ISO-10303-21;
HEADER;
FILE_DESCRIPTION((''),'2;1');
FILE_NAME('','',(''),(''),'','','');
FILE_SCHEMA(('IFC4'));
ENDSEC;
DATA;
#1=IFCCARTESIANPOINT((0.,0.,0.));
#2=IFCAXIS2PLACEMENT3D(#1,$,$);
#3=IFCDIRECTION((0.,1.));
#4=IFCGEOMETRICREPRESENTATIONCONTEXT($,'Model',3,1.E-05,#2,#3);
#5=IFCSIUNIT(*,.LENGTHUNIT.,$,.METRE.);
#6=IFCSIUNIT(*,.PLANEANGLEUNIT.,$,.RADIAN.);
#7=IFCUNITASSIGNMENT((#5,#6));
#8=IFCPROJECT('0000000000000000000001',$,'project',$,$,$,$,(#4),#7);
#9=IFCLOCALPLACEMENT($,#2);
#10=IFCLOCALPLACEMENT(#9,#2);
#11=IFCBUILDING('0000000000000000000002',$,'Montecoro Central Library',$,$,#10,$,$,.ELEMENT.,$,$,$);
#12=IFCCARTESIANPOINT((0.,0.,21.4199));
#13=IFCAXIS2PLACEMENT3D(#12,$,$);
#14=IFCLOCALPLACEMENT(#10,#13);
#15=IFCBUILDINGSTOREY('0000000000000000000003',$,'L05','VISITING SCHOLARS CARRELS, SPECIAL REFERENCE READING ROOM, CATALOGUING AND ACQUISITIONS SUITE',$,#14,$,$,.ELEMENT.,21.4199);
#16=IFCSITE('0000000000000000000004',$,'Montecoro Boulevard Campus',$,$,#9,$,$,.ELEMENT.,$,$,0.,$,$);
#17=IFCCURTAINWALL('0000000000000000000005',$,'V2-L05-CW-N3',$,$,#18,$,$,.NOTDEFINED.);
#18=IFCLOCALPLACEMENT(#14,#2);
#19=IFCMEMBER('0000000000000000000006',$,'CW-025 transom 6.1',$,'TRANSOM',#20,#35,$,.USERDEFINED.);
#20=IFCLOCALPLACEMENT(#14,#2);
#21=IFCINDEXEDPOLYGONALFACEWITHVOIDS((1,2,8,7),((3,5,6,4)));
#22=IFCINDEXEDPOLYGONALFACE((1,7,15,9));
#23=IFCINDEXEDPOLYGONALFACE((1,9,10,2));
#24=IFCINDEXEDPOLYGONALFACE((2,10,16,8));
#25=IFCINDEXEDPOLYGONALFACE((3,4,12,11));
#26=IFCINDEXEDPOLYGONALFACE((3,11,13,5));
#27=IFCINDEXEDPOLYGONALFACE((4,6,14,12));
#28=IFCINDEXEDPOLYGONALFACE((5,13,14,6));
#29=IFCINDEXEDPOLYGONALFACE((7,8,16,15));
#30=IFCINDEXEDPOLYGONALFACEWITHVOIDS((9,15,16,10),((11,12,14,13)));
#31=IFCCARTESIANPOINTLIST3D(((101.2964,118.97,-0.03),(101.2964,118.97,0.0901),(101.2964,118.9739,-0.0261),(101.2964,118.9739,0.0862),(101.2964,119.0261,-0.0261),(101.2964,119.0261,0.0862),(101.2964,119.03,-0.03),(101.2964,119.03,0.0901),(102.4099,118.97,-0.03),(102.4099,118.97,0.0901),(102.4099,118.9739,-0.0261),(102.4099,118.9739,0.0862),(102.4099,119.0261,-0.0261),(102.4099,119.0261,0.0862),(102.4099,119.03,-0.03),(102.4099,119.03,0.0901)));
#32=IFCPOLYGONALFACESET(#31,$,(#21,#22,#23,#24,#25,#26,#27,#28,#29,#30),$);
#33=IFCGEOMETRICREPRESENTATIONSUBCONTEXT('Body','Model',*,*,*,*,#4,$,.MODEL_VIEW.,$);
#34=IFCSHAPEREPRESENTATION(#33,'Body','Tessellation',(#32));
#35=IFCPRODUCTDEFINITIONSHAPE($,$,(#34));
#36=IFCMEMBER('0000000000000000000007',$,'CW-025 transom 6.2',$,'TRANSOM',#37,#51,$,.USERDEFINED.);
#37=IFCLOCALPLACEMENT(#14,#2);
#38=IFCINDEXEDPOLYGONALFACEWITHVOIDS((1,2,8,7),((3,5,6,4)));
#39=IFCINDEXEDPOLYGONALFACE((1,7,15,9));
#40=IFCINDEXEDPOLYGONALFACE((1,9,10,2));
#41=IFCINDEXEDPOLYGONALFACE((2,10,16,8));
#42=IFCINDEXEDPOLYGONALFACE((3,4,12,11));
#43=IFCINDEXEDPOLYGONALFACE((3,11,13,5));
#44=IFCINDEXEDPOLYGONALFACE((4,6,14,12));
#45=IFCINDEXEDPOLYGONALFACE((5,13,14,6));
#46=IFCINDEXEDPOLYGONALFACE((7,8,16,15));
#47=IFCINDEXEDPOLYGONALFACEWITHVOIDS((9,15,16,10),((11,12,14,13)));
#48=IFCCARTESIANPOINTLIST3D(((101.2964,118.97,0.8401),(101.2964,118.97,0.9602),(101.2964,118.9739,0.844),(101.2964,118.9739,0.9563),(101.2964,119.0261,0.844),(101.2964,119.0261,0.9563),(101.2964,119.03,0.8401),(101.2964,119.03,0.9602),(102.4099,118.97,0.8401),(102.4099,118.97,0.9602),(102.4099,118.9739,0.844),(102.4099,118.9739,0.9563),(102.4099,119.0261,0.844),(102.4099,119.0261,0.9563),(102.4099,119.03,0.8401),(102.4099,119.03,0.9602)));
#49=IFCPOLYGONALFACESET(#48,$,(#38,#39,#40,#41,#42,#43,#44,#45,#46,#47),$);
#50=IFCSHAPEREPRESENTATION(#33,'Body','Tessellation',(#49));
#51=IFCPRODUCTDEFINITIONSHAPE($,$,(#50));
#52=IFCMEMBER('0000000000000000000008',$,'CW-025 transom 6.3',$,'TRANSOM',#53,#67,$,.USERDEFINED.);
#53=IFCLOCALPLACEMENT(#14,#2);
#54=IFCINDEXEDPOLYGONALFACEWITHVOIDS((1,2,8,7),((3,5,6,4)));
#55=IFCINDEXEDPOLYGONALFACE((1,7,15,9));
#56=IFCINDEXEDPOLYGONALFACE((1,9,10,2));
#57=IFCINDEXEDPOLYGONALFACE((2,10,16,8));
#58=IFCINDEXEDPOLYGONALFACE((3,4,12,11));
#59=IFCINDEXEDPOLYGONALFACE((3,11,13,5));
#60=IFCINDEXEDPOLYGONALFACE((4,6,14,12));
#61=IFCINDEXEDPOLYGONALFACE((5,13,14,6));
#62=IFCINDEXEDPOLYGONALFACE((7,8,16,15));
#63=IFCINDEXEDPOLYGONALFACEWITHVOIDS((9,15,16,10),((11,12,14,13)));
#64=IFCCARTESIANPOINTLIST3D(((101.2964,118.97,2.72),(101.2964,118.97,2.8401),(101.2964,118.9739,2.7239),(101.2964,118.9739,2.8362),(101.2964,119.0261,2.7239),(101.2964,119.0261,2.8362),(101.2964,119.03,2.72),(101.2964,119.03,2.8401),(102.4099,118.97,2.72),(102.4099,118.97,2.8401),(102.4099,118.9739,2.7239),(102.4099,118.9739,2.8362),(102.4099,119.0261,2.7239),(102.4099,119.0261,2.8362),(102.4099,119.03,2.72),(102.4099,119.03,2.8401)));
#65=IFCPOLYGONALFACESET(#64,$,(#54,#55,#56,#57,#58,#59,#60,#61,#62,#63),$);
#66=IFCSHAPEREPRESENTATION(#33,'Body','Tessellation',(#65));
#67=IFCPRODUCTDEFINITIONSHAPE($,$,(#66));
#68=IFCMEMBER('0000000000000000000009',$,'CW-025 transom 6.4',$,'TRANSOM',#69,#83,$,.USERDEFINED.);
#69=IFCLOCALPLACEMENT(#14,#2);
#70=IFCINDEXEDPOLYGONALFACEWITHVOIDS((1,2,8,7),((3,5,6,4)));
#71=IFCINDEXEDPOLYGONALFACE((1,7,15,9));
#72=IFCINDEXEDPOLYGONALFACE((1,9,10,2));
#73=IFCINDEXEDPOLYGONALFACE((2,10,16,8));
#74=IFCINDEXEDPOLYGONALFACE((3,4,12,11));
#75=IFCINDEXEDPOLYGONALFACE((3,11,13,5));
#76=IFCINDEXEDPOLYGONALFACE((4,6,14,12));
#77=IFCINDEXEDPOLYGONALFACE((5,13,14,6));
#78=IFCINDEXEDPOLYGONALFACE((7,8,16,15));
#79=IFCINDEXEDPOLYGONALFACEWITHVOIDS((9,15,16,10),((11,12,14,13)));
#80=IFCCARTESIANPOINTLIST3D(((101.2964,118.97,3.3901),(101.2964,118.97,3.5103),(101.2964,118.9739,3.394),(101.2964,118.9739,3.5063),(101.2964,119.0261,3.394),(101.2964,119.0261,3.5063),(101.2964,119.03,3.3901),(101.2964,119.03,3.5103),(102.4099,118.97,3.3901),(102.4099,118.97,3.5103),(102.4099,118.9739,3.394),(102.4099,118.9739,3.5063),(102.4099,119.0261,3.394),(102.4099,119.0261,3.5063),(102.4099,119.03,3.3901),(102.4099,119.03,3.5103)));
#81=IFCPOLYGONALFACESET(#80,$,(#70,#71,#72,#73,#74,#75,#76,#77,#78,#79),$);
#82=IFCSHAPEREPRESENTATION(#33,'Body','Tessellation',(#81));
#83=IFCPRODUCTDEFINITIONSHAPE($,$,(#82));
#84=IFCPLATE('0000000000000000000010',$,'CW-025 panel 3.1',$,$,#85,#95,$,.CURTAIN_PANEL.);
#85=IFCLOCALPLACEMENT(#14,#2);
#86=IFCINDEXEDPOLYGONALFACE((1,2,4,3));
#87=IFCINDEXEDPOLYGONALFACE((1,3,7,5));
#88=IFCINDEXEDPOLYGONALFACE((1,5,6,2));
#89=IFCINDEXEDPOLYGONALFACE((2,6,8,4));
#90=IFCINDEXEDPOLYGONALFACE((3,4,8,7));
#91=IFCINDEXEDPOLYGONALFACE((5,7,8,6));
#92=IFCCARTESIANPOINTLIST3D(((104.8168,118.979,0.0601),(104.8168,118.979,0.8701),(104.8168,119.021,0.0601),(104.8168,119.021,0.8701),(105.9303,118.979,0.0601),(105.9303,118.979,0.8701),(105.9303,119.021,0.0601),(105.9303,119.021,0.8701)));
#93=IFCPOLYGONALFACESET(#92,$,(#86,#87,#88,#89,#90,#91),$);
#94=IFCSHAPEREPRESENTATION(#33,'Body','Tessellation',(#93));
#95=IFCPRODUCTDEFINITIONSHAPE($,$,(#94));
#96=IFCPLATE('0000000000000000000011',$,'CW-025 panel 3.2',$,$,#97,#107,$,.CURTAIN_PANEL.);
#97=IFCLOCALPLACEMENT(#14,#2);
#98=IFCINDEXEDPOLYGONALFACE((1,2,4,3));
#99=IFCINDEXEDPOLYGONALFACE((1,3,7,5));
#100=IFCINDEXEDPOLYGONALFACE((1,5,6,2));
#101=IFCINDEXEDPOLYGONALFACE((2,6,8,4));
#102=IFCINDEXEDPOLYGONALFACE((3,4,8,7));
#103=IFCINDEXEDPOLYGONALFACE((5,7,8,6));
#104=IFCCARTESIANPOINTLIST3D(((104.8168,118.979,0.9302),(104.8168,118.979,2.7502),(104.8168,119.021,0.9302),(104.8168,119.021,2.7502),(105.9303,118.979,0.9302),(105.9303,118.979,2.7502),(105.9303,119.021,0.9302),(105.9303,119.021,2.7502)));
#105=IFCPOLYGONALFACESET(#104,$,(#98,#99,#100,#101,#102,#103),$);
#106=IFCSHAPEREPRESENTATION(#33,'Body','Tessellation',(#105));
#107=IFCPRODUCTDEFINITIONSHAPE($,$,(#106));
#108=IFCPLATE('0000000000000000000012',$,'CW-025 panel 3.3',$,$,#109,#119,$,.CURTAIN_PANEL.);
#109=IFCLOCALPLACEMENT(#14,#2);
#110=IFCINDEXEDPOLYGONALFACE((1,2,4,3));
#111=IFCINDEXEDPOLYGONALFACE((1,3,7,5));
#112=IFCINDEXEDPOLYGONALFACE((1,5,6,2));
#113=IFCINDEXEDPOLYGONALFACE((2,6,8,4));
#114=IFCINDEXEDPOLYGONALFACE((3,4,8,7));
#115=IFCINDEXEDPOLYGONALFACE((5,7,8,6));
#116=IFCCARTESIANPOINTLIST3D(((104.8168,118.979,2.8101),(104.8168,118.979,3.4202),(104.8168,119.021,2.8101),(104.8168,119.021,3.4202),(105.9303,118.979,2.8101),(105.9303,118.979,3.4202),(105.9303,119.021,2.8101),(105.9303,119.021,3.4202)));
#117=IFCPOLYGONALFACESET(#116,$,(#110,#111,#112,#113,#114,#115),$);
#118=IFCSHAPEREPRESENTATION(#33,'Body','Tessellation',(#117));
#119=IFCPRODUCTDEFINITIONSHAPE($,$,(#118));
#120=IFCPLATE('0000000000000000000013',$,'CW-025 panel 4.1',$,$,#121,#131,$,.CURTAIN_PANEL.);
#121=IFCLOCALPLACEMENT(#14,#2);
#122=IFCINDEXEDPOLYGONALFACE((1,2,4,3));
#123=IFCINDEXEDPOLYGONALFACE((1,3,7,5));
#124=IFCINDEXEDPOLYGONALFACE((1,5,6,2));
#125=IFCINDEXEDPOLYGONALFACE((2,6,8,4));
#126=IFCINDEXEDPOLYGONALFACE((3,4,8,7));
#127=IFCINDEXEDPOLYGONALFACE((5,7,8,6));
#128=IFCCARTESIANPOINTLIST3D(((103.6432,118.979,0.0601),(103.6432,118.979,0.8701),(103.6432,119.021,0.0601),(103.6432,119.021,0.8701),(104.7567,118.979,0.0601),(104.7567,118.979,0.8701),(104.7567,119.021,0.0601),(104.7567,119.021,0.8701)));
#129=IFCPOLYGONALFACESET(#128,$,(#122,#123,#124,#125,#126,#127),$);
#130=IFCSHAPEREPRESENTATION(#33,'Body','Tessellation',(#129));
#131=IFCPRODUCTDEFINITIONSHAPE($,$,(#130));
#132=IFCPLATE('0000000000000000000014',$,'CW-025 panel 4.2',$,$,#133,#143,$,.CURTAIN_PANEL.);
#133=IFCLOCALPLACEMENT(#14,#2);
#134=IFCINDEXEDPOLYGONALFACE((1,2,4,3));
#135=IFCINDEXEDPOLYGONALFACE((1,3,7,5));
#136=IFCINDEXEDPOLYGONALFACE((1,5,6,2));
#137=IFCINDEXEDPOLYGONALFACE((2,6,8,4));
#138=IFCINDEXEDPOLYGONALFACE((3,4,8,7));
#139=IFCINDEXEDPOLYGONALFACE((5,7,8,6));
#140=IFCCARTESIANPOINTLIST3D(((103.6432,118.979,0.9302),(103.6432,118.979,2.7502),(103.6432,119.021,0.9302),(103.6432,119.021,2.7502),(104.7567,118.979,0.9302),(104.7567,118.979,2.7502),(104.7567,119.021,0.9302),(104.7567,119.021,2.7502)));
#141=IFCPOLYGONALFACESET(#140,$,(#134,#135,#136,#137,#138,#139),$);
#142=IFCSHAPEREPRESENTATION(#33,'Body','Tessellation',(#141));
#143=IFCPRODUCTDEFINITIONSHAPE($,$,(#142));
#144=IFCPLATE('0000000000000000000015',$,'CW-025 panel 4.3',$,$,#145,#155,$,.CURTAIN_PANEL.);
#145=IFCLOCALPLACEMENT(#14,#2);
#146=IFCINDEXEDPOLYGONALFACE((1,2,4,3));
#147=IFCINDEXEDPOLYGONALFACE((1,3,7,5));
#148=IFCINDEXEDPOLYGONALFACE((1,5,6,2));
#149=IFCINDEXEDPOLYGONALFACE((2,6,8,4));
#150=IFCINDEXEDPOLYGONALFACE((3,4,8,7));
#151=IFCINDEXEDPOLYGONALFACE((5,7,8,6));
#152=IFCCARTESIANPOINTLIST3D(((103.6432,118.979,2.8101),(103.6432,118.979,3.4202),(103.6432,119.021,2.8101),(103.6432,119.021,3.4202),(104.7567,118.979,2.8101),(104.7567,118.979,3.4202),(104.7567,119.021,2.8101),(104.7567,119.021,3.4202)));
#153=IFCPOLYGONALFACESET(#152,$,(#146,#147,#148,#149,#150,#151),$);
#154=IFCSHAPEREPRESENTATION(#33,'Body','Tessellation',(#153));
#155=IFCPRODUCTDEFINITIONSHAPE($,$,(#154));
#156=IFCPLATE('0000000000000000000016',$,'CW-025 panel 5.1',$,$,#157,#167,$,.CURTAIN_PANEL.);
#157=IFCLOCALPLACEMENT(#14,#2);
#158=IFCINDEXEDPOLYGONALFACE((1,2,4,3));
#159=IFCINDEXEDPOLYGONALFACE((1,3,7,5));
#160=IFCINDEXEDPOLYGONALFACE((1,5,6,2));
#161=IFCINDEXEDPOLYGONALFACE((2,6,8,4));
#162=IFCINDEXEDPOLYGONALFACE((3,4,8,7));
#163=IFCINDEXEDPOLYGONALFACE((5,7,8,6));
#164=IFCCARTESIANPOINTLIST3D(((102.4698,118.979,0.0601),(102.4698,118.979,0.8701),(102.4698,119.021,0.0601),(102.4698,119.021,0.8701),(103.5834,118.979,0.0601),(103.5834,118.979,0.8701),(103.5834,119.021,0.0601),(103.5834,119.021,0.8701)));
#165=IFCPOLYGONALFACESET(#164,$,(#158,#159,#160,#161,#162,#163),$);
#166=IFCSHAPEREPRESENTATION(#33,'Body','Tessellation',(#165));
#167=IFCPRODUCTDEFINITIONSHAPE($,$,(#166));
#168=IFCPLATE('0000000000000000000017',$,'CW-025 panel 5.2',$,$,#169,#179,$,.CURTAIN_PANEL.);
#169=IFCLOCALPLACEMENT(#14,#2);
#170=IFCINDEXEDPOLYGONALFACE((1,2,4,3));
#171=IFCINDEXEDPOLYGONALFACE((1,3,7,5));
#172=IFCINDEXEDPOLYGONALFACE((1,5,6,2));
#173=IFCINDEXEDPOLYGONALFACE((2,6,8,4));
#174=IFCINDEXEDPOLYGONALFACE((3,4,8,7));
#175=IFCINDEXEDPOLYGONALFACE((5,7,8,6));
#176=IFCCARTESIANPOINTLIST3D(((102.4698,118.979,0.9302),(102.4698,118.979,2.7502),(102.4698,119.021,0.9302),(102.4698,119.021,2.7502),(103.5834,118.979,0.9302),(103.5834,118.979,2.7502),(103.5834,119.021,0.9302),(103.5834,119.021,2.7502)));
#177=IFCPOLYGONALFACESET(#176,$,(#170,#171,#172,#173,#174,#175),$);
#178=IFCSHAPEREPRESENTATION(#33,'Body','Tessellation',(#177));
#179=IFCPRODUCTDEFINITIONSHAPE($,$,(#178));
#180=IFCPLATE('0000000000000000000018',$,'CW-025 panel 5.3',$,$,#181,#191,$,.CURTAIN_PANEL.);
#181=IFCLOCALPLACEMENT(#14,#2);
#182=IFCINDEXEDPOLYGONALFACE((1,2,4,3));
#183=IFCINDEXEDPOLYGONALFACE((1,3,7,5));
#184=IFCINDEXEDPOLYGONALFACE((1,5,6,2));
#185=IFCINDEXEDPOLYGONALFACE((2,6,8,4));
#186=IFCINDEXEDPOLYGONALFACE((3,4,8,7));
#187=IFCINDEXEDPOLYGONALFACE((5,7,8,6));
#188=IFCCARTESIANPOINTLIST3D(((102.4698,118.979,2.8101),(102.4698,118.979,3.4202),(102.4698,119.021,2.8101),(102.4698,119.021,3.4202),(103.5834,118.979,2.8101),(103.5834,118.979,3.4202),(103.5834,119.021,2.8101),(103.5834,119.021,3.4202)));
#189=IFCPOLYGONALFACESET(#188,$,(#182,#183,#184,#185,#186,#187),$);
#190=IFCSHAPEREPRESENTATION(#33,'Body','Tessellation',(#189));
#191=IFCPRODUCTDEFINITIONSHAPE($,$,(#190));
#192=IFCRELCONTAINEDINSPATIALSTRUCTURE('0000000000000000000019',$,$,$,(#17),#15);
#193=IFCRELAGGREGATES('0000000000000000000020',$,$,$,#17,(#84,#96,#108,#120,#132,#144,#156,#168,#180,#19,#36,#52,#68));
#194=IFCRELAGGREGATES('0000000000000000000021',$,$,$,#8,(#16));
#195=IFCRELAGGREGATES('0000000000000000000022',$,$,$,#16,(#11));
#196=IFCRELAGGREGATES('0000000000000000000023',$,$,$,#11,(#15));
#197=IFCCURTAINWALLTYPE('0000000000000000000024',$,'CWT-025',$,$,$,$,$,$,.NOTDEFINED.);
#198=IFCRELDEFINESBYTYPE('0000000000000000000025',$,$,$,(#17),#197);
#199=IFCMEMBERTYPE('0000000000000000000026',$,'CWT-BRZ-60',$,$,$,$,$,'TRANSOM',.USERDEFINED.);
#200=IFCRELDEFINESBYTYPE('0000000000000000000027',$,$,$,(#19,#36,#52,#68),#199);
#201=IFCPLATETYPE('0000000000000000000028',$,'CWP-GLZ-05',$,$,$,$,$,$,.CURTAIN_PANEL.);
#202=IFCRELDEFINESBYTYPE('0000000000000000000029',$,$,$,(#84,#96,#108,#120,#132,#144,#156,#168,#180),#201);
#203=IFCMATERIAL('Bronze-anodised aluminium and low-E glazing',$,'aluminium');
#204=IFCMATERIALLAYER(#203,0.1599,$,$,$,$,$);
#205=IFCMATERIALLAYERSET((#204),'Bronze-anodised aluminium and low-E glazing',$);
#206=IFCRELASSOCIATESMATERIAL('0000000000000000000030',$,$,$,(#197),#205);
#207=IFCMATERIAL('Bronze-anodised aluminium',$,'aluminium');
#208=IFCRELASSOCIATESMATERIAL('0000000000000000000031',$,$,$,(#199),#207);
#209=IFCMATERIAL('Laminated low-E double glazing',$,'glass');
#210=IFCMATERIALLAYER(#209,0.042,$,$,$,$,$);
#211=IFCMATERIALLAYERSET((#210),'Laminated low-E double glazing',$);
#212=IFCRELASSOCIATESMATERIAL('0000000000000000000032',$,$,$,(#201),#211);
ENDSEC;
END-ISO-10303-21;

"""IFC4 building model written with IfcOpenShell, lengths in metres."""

from ifc_helpers import new_model, si_unit, direction, frame, origin, origin_2d, place, context, subcontext, project, spatial, rectangle, hollow_rectangle, extrude, material, layer, layer_set, material_profile, profile_set, type_object, element, aggregate, save


model = new_model("IFC4")

# Units and contexts
model_context = context("Model", 3, precision=1e-05, world=origin(), true_north=direction((0.0, 1.0)))
body_context = subcontext(model_context, "Body", "Model", "MODEL_VIEW")
ifc_project = project(units=[si_unit("LENGTHUNIT", "METRE"), si_unit("PLANEANGLEUNIT", "RADIAN")], contexts=[model_context])

# Site, building, storey
site_placement = place(None, origin())
site = spatial("IfcSite", under=ifc_project, at=site_placement, Name="Montecoro Boulevard Campus", CompositionType="ELEMENT", RefElevation=0.0)
building_placement = place(site_placement, origin())
building = spatial("IfcBuilding", under=site, at=building_placement, Name="Montecoro Central Library", CompositionType="ELEMENT")
storey_placement = place(building_placement, frame((0.0, 0.0, 21.4199)))
storey = spatial("IfcBuildingStorey", under=building, at=storey_placement, Name="L05", Description="VISITING SCHOLARS CARRELS, SPECIAL REFERENCE READING ROOM, CATALOGUING AND ACQUISITIONS SUITE", CompositionType="ELEMENT", Elevation=21.4199)

# Curtain wall, members, plates
ifc_material_1 = material(Name="Bronze-anodised aluminium and low-E glazing", Category="aluminium")
ifc_layer_1 = layer(ifc_material_1, 0.1599)
ifc_layer_set_1 = layer_set([ifc_layer_1], Name="Bronze-anodised aluminium and low-E glazing")
curtain_wall_type = type_object("IfcCurtainWallType", Name="CWT-025", PredefinedType="NOTDEFINED", material=ifc_layer_set_1)
curtain_wall_placement = place(storey_placement, origin())
curtain_wall = element("IfcCurtainWall", 1, at=curtain_wall_placement, inside=storey, type_object=curtain_wall_type, Name="V2-L05-CW-N3", PredefinedType="NOTDEFINED")
ifc_material_2 = material(Name="Bronze-anodised aluminium", Category="aluminium")
ifc_material_profile_1 = material_profile(ifc_material_2, hollow_rectangle(XDim=0.0601, YDim=0.1201, WallThickness=0.0039, at=origin_2d()), Name="CWT 120x60x4.0")
ifc_profile_set_1 = profile_set([ifc_material_profile_1], Name="Bronze-anodised aluminium")
member_type_1 = type_object("IfcMemberType", Name="CWT-BRZ-60", ElementType="TRANSOM", PredefinedType="USERDEFINED", material=ifc_profile_set_1)
member_1_placement = place(storey_placement, frame((102.4099, 119.0, 0.03), z_axis=(-1.0, 0.0, 0.0), x_axis=(0.0, -1.0, 0.0)))
member_1 = element("IfcMember", 2, at=member_1_placement, type_object=member_type_1, Name="CW-025 transom 6.1", ObjectType="TRANSOM", PredefinedType="USERDEFINED", context=body_context, shape_type="SweptSolid", body=[
    extrude(hollow_rectangle(XDim=0.0601, YDim=0.1201, WallThickness=0.0039, at=origin_2d()), origin(), (0.0, 0.0, 1.0), 1.1135),
])
member_2_placement = place(storey_placement, frame((102.4099, 119.0, 0.9001), z_axis=(-1.0, 0.0, 0.0), x_axis=(0.0, -1.0, 0.0)))
member_2 = element("IfcMember", 3, at=member_2_placement, type_object=member_type_1, Name="CW-025 transom 6.2", ObjectType="TRANSOM", PredefinedType="USERDEFINED", context=body_context, shape_type="SweptSolid", body=[
    extrude(hollow_rectangle(XDim=0.0601, YDim=0.1201, WallThickness=0.0039, at=origin_2d()), origin(), (0.0, 0.0, 1.0), 1.1135),
])
member_3_placement = place(storey_placement, frame((102.4099, 119.0, 2.78), z_axis=(-1.0, 0.0, 0.0), x_axis=(0.0, -1.0, 0.0)))
member_3 = element("IfcMember", 4, at=member_3_placement, type_object=member_type_1, Name="CW-025 transom 6.3", ObjectType="TRANSOM", PredefinedType="USERDEFINED", context=body_context, shape_type="SweptSolid", body=[
    extrude(hollow_rectangle(XDim=0.0601, YDim=0.1201, WallThickness=0.0039, at=origin_2d()), origin(), (0.0, 0.0, 1.0), 1.1135),
])
member_4_placement = place(storey_placement, frame((102.4099, 119.0, 3.4502), z_axis=(-1.0, 0.0, 0.0), x_axis=(0.0, -1.0, 0.0)))
member_4 = element("IfcMember", 5, at=member_4_placement, type_object=member_type_1, Name="CW-025 transom 6.4", ObjectType="TRANSOM", PredefinedType="USERDEFINED", context=body_context, shape_type="SweptSolid", body=[
    extrude(hollow_rectangle(XDim=0.0601, YDim=0.1201, WallThickness=0.0039, at=origin_2d()), origin(), (0.0, 0.0, 1.0), 1.1135),
])
ifc_material_3 = material(Name="Laminated low-E double glazing", Category="glass")
ifc_layer_2 = layer(ifc_material_3, 0.042)
ifc_layer_set_2 = layer_set([ifc_layer_2], Name="Laminated low-E double glazing")
plate_type = type_object("IfcPlateType", Name="CWP-GLZ-05", PredefinedType="CURTAIN_PANEL", material=ifc_layer_set_2)
plate_1_placement = place(storey_placement, frame((105.3735, 119.0, 0.0601), z_axis=(0.0, 0.0, 1.0), x_axis=(-1.0, 0.0, 0.0)))
plate_1 = element("IfcPlate", 6, at=plate_1_placement, type_object=plate_type, Name="CW-025 panel 3.1", PredefinedType="CURTAIN_PANEL", context=body_context, shape_type="SweptSolid", body=[
    extrude(rectangle(XDim=1.1135, YDim=0.042, at=origin_2d()), origin(), (0.0, 0.0, 1.0), 0.8101),
])
plate_2_placement = place(storey_placement, frame((105.3735, 119.0, 0.9302), z_axis=(0.0, 0.0, 1.0), x_axis=(-1.0, 0.0, 0.0)))
plate_2 = element("IfcPlate", 7, at=plate_2_placement, type_object=plate_type, Name="CW-025 panel 3.2", PredefinedType="CURTAIN_PANEL", context=body_context, shape_type="SweptSolid", body=[
    extrude(rectangle(XDim=1.1135, YDim=0.042, at=origin_2d()), origin(), (0.0, 0.0, 1.0), 1.8201),
])
plate_3_placement = place(storey_placement, frame((105.3735, 119.0, 2.8101), z_axis=(0.0, 0.0, 1.0), x_axis=(-1.0, 0.0, 0.0)))
plate_3 = element("IfcPlate", 8, at=plate_3_placement, type_object=plate_type, Name="CW-025 panel 3.3", PredefinedType="CURTAIN_PANEL", context=body_context, shape_type="SweptSolid", body=[
    extrude(rectangle(XDim=1.1135, YDim=0.042, at=origin_2d()), origin(), (0.0, 0.0, 1.0), 0.6101),
])
plate_4_placement = place(storey_placement, frame((104.2, 119.0, 0.0601), z_axis=(0.0, 0.0, 1.0), x_axis=(-1.0, 0.0, 0.0)))
plate_4 = element("IfcPlate", 9, at=plate_4_placement, type_object=plate_type, Name="CW-025 panel 4.1", PredefinedType="CURTAIN_PANEL", context=body_context, shape_type="SweptSolid", body=[
    extrude(rectangle(XDim=1.1135, YDim=0.042, at=origin_2d()), origin(), (0.0, 0.0, 1.0), 0.8101),
])
plate_5_placement = place(storey_placement, frame((104.2, 119.0, 0.9302), z_axis=(0.0, 0.0, 1.0), x_axis=(-1.0, 0.0, 0.0)))
plate_5 = element("IfcPlate", 10, at=plate_5_placement, type_object=plate_type, Name="CW-025 panel 4.2", PredefinedType="CURTAIN_PANEL", context=body_context, shape_type="SweptSolid", body=[
    extrude(rectangle(XDim=1.1135, YDim=0.042, at=origin_2d()), origin(), (0.0, 0.0, 1.0), 1.8201),
])
plate_6_placement = place(storey_placement, frame((104.2, 119.0, 2.8101), z_axis=(0.0, 0.0, 1.0), x_axis=(-1.0, 0.0, 0.0)))
plate_6 = element("IfcPlate", 11, at=plate_6_placement, type_object=plate_type, Name="CW-025 panel 4.3", PredefinedType="CURTAIN_PANEL", context=body_context, shape_type="SweptSolid", body=[
    extrude(rectangle(XDim=1.1135, YDim=0.042, at=origin_2d()), origin(), (0.0, 0.0, 1.0), 0.6101),
])
plate_7_placement = place(storey_placement, frame((103.0266, 119.0, 0.0601), z_axis=(0.0, 0.0, 1.0), x_axis=(-1.0, 0.0, 0.0)))
plate_7 = element("IfcPlate", 12, at=plate_7_placement, type_object=plate_type, Name="CW-025 panel 5.1", PredefinedType="CURTAIN_PANEL", context=body_context, shape_type="SweptSolid", body=[
    extrude(rectangle(XDim=1.1135, YDim=0.042, at=origin_2d()), origin(), (0.0, 0.0, 1.0), 0.8101),
])
plate_8_placement = place(storey_placement, frame((103.0266, 119.0, 0.9302), z_axis=(0.0, 0.0, 1.0), x_axis=(-1.0, 0.0, 0.0)))
plate_8 = element("IfcPlate", 13, at=plate_8_placement, type_object=plate_type, Name="CW-025 panel 5.2", PredefinedType="CURTAIN_PANEL", context=body_context, shape_type="SweptSolid", body=[
    extrude(rectangle(XDim=1.1135, YDim=0.042, at=origin_2d()), origin(), (0.0, 0.0, 1.0), 1.8201),
])
plate_9_placement = place(storey_placement, frame((103.0266, 119.0, 2.8101), z_axis=(0.0, 0.0, 1.0), x_axis=(-1.0, 0.0, 0.0)))
plate_9 = element("IfcPlate", 14, at=plate_9_placement, type_object=plate_type, Name="CW-025 panel 5.3", PredefinedType="CURTAIN_PANEL", context=body_context, shape_type="SweptSolid", body=[
    extrude(rectangle(XDim=1.1135, YDim=0.042, at=origin_2d()), origin(), (0.0, 0.0, 1.0), 0.6101),
])
aggregate(curtain_wall, [plate_1, plate_2, plate_3, plate_4, plate_5, plate_6, plate_7, plate_8, plate_9, member_1, member_2, member_3, member_4])

save(model, "model.ifc")
